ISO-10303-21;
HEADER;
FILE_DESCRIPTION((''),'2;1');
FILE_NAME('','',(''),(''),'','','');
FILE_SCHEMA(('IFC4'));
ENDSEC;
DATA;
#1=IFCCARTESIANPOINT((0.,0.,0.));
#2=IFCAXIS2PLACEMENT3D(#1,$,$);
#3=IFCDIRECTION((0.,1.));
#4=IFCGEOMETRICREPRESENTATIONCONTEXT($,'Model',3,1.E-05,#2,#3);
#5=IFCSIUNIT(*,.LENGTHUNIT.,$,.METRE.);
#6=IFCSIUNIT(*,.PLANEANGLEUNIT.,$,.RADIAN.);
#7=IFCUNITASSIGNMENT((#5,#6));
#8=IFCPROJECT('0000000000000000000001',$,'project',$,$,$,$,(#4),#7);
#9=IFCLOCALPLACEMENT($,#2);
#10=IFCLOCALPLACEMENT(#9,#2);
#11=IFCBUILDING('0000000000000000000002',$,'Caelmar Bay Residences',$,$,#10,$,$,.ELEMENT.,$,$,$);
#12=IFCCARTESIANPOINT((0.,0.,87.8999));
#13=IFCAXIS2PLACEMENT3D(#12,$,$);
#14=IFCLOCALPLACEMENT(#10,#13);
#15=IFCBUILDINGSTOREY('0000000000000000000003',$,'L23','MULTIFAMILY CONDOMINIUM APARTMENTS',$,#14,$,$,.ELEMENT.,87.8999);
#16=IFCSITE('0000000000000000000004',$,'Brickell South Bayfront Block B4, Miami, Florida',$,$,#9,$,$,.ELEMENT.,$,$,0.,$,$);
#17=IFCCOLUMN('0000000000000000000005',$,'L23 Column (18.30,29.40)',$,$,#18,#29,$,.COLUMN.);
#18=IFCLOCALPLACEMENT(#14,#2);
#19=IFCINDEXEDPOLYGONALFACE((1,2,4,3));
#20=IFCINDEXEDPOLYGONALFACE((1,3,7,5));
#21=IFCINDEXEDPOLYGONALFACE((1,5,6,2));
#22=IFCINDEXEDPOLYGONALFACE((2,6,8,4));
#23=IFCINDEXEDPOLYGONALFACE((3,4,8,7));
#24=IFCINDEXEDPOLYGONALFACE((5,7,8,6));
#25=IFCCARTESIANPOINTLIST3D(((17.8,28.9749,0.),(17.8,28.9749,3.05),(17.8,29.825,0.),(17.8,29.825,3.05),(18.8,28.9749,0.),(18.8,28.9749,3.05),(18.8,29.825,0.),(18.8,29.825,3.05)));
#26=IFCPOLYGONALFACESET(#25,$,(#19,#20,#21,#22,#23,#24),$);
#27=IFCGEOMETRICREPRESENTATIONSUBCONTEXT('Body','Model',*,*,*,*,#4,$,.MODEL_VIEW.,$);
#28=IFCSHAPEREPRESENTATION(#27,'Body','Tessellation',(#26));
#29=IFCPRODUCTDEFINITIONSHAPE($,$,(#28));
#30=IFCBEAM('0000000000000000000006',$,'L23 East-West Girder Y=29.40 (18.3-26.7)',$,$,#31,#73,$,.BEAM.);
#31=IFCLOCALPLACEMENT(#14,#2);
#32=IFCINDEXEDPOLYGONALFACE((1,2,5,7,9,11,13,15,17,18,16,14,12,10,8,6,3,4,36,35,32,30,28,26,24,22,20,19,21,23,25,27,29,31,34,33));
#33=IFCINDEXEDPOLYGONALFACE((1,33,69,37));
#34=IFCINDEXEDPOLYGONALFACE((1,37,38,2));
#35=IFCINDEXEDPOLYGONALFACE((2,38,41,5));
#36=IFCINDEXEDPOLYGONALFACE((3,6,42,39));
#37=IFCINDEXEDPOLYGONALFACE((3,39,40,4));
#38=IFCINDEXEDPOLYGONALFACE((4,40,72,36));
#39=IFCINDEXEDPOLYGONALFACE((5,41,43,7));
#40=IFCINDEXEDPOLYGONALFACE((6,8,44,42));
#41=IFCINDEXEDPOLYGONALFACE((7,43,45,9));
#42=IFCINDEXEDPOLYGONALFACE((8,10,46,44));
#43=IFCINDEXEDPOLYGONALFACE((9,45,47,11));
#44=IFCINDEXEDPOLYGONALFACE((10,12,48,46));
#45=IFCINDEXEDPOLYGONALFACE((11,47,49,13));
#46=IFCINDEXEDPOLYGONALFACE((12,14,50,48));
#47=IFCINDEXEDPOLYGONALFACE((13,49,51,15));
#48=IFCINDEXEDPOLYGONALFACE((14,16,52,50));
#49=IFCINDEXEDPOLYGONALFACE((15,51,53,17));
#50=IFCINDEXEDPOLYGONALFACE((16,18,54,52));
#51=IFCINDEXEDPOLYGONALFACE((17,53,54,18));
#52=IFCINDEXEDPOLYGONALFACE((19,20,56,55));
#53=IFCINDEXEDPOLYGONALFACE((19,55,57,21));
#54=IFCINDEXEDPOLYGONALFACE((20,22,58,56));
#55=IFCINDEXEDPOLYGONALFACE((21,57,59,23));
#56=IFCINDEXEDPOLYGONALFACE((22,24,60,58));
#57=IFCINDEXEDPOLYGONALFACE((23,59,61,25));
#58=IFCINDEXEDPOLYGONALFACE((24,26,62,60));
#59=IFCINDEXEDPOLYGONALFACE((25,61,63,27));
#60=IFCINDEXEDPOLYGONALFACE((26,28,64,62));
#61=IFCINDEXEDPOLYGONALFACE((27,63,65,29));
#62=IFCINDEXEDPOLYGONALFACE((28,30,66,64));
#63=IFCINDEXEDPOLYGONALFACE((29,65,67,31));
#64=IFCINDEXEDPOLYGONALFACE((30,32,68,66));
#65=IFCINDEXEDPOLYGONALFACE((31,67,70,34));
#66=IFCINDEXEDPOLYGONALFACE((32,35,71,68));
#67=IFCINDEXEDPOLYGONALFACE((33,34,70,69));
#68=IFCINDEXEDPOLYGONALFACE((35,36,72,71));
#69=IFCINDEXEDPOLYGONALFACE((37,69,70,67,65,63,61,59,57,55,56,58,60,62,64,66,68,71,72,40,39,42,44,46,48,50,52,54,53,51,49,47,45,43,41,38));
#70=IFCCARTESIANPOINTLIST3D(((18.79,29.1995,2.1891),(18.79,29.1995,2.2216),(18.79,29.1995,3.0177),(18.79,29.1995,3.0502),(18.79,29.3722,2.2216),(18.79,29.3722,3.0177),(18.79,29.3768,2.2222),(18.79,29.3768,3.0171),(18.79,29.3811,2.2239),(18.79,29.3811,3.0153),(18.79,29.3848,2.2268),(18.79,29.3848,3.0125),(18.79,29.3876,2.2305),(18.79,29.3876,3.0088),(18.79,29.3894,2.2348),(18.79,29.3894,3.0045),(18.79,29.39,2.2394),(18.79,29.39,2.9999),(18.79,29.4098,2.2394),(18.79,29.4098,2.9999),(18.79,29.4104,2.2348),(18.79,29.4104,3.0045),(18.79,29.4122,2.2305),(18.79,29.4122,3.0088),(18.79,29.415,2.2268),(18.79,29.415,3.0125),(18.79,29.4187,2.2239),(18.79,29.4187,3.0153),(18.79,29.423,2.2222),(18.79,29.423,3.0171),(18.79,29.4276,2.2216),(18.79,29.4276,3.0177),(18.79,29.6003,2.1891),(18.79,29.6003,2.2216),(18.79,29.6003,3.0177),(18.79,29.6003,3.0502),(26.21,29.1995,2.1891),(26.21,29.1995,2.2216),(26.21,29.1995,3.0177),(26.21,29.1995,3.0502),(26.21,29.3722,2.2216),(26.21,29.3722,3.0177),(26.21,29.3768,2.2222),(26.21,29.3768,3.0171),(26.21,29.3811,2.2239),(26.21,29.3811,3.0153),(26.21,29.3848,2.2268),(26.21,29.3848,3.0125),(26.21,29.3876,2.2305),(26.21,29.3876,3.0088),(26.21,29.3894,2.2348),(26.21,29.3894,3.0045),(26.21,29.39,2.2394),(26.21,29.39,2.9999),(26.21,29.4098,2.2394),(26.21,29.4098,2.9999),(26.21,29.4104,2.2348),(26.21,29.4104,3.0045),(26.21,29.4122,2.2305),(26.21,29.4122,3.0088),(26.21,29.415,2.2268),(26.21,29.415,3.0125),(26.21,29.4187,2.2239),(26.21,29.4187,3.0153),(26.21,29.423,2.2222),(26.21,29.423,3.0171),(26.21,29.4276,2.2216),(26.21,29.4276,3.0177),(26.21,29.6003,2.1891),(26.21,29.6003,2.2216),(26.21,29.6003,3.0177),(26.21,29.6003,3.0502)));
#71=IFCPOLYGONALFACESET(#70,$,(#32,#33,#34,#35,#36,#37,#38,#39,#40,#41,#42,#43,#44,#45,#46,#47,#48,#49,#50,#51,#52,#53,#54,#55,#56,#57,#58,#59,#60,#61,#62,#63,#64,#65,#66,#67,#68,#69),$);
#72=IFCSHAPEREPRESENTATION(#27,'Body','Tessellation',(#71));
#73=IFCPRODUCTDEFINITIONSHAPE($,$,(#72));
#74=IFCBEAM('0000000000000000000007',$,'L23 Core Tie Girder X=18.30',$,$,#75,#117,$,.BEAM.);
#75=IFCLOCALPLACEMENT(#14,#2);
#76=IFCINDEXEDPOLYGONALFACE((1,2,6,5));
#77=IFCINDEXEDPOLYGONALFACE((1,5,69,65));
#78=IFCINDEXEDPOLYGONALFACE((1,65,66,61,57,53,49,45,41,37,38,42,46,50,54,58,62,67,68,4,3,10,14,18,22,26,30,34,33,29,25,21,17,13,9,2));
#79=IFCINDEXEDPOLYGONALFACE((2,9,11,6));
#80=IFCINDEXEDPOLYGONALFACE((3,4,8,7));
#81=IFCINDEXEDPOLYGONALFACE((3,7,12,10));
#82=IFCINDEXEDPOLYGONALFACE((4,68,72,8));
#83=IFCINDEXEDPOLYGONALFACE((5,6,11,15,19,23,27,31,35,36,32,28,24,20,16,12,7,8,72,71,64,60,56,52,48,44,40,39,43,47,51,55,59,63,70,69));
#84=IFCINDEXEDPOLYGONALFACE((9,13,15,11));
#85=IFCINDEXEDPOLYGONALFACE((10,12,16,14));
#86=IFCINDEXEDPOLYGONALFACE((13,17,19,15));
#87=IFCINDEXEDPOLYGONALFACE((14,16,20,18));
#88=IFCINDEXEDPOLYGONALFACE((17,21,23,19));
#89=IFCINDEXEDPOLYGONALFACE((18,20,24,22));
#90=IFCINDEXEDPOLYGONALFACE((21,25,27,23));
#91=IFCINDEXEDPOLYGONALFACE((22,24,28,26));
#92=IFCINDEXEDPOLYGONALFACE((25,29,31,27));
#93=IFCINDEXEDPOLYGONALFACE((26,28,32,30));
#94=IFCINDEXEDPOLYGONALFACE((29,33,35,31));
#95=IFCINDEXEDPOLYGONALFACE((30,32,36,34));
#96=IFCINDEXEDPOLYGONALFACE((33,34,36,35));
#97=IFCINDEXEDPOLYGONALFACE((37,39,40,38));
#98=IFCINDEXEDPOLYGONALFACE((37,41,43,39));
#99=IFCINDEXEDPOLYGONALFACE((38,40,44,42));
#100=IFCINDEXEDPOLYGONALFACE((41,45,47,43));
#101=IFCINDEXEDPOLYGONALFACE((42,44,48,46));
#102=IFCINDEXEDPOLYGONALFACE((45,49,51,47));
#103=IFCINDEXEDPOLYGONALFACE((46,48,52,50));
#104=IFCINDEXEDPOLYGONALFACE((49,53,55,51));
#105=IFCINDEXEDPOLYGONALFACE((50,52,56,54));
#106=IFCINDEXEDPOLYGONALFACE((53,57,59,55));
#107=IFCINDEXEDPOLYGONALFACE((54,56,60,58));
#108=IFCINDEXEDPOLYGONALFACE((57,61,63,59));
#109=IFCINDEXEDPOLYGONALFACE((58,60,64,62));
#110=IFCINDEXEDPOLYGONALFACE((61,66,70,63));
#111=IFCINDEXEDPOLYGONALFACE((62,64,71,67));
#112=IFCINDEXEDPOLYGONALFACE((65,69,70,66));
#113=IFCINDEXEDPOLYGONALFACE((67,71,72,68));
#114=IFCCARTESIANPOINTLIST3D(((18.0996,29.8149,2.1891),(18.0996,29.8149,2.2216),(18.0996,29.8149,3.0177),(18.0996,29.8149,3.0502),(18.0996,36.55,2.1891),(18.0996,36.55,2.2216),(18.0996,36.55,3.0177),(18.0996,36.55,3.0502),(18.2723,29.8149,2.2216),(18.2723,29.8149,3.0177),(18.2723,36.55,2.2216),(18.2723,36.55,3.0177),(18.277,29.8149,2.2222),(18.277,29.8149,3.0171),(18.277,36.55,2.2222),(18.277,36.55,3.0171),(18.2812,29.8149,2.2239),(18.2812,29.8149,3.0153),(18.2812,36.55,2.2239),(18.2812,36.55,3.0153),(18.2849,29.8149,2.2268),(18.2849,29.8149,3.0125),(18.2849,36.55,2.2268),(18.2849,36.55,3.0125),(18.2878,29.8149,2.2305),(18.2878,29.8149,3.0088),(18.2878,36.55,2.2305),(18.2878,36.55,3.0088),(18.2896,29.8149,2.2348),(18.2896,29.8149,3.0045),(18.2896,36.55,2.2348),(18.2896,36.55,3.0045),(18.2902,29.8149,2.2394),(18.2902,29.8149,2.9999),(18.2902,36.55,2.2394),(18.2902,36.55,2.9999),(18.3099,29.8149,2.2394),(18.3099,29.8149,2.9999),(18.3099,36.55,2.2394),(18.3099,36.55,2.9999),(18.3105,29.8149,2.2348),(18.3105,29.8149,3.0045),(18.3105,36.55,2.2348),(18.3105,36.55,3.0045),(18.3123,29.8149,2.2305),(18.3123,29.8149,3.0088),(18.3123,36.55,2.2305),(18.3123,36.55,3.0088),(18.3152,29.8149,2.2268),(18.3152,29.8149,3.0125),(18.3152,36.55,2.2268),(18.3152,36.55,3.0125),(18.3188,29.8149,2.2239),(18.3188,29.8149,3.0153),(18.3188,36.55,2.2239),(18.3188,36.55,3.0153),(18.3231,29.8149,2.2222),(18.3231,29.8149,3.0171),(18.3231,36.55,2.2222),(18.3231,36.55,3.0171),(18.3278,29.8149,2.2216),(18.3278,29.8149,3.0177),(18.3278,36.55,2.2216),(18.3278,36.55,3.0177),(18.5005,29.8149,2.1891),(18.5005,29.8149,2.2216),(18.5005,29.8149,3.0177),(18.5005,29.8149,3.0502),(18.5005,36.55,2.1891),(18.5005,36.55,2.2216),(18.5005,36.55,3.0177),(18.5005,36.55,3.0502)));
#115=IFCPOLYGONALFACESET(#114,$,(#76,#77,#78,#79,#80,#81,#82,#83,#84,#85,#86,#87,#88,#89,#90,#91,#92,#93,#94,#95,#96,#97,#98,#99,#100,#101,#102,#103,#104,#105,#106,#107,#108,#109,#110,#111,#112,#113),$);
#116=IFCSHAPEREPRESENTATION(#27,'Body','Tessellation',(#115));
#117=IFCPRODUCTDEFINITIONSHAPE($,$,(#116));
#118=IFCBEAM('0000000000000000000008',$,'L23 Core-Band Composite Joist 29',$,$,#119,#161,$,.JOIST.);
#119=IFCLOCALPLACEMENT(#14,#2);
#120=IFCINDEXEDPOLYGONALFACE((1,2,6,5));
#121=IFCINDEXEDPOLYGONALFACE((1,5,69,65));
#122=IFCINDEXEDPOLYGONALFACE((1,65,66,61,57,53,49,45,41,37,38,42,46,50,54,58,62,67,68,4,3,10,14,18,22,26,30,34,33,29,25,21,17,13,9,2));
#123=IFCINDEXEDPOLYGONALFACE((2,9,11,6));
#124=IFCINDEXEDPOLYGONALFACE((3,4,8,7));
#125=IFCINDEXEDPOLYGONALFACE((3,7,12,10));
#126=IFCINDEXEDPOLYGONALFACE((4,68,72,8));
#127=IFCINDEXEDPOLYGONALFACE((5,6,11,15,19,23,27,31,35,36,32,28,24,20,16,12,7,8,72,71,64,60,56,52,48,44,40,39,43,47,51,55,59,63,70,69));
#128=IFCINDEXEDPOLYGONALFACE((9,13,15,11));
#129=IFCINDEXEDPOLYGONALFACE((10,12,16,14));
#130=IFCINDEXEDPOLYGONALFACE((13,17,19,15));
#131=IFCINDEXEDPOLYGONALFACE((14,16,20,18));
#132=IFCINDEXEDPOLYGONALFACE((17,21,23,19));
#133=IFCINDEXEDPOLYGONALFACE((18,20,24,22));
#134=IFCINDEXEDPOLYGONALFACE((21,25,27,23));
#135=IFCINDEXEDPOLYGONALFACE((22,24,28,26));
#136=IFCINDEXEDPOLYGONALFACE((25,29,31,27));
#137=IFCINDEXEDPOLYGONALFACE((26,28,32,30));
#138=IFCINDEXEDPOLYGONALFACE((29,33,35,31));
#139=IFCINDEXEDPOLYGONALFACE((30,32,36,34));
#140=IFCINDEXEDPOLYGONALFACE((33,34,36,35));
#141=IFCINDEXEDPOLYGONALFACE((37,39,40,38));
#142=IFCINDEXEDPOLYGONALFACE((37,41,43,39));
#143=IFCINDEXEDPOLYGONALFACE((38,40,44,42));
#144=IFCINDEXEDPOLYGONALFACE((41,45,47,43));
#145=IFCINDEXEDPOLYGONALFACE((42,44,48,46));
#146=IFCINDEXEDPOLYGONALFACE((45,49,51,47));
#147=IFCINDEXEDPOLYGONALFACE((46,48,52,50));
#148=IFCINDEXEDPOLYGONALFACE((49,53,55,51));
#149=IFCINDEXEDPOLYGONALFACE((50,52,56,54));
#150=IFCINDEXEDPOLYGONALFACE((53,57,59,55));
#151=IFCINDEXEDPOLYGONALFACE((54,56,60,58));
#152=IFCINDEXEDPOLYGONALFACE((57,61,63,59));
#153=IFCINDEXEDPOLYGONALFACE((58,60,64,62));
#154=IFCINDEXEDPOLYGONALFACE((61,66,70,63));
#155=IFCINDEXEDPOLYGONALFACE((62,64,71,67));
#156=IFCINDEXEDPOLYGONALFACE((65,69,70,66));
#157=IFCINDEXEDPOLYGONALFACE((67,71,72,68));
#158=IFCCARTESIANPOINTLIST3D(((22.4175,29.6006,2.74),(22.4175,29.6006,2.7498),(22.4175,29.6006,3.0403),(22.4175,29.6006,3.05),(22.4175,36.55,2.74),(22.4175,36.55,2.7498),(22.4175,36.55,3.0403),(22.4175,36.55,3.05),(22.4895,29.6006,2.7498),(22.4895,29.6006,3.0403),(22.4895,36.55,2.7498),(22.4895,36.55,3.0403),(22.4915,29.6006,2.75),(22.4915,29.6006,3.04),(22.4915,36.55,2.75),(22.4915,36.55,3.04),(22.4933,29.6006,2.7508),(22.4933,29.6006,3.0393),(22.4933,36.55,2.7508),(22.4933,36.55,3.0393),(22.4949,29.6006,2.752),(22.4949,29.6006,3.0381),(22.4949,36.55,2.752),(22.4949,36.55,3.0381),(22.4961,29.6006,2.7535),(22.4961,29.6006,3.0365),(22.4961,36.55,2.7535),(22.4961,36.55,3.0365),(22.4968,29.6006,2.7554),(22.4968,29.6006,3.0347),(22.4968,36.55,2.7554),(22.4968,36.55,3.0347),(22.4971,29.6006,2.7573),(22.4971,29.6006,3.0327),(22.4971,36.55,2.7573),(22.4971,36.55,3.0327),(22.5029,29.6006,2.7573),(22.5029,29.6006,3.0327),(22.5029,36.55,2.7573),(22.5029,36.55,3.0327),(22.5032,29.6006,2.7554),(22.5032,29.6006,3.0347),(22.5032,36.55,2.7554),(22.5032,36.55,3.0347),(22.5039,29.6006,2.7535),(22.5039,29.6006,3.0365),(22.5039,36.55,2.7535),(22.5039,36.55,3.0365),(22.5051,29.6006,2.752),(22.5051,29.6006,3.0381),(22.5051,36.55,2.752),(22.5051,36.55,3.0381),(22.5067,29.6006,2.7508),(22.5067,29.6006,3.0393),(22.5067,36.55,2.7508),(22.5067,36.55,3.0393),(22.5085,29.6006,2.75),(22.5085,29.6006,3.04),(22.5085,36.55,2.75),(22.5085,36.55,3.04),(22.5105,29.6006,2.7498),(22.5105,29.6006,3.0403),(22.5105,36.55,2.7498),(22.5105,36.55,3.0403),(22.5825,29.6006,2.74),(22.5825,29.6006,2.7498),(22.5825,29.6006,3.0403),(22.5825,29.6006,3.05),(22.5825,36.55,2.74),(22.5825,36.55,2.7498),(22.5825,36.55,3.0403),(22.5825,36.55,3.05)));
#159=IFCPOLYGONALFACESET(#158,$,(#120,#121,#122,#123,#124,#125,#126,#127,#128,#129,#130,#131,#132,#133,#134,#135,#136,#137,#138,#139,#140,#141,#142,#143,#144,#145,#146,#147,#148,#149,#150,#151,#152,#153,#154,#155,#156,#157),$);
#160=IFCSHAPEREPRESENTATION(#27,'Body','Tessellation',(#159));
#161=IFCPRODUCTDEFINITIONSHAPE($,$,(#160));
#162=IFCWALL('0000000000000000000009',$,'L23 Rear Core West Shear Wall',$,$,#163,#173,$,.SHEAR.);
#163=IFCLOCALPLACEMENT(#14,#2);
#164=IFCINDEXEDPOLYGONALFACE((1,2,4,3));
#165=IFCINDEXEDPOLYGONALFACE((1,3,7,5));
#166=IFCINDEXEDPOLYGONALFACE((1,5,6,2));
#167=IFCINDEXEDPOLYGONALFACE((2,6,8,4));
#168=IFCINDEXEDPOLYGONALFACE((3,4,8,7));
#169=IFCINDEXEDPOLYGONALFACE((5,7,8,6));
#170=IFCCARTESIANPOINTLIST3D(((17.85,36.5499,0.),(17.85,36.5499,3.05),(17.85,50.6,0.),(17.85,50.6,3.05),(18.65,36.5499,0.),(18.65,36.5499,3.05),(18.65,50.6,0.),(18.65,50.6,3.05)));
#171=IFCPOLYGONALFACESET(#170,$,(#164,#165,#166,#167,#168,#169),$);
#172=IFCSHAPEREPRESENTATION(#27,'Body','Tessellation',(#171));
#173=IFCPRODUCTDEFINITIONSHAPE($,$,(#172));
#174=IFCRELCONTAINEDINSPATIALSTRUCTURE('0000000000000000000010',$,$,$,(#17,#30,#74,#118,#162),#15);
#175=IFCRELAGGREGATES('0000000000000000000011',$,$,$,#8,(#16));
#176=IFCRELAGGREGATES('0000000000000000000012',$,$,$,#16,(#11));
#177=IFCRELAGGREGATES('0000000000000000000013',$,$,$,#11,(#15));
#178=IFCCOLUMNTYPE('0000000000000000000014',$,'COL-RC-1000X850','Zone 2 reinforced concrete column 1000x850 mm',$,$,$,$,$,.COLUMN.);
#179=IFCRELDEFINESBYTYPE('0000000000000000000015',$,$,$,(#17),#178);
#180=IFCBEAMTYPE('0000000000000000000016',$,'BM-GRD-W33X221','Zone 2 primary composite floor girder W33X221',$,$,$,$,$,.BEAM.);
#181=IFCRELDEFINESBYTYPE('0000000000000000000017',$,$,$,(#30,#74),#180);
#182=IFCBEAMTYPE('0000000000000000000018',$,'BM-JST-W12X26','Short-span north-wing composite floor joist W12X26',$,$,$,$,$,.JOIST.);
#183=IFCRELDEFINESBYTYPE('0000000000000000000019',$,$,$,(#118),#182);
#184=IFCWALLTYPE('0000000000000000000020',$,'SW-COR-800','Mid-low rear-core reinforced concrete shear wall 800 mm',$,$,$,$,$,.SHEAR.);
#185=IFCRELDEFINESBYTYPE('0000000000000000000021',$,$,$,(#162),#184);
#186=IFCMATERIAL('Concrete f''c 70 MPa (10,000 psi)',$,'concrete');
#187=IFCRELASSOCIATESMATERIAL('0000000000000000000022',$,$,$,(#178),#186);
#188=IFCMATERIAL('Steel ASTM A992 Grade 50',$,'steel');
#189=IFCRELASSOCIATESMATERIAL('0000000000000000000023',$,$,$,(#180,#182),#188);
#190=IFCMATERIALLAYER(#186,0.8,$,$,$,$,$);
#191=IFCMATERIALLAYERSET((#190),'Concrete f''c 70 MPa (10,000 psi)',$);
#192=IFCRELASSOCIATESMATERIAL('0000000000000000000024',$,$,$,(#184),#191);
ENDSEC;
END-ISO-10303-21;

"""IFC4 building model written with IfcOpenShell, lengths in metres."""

from ifc_helpers import new_model, si_unit, direction, frame, frame_2d, origin, origin_2d, place, context, subcontext, project, spatial, rectangle, i_section, extrude, material, layer, layer_set, material_profile, profile_set, type_object, element, save


model = new_model("IFC4")

# Units and contexts
model_context = context("Model", 3, precision=1e-05, world=origin(), true_north=direction((0.0, 1.0)))
body_context = subcontext(model_context, "Body", "Model", "MODEL_VIEW")
ifc_project = project(units=[si_unit("LENGTHUNIT", "METRE"), si_unit("PLANEANGLEUNIT", "RADIAN")], contexts=[model_context])

# Site, building, storey
site_placement = place(None, origin())
site = spatial("IfcSite", under=ifc_project, at=site_placement, Name="Brickell South Bayfront Block B4, Miami, Florida", CompositionType="ELEMENT", RefElevation=0.0)
building_placement = place(site_placement, origin())
building = spatial("IfcBuilding", under=site, at=building_placement, Name="Caelmar Bay Residences", CompositionType="ELEMENT")
storey_placement = place(building_placement, frame((0.0, 0.0, 87.8999)))
storey = spatial("IfcBuildingStorey", under=building, at=storey_placement, Name="L23", Description="MULTIFAMILY CONDOMINIUM APARTMENTS", CompositionType="ELEMENT", Elevation=87.8999)

# Column
ifc_material_1 = material(Name="Concrete f'c 70 MPa (10,000 psi)", Category="concrete")
ifc_material_profile_1 = material_profile(ifc_material_1, rectangle(XDim=1.0, YDim=0.8501, at=origin_2d()), Name="RC-COL-1000X850")
ifc_profile_set_1 = profile_set([ifc_material_profile_1], Name="Concrete f'c 70 MPa (10,000 psi)")
column_type = type_object("IfcColumnType", Name="COL-RC-1000X850", Description="Zone 2 reinforced concrete column 1000x850 mm", PredefinedType="COLUMN", material=ifc_profile_set_1)
column_placement = place(storey_placement, frame((18.3, 29.3999, 0.0), z_axis=(0.0, 0.0, 1.0), x_axis=(1.0, 0.0, 0.0)))
element("IfcColumn", 1, at=column_placement, inside=storey, type_object=column_type, Name="L23 Column (18.30,29.40)", PredefinedType="COLUMN", context=body_context, shape_type="SweptSolid", body=[
    extrude(rectangle(XDim=1.0, YDim=0.8501, at=origin_2d()), origin(), (0.0, 0.0, 1.0), 3.05),
])

# Beams
ifc_material_2 = material(Name="Steel ASTM A992 Grade 50", Category="steel")
ifc_material_profile_2 = material_profile(ifc_material_2, i_section(OverallWidth=0.4009, OverallDepth=0.8611, WebThickness=0.0198, FlangeThickness=0.0325, FilletRadius=0.0178, at=origin_2d()), Name="W33X221")
ifc_profile_set_2 = profile_set([ifc_material_profile_2], Name="Steel ASTM A992 Grade 50")
beam_type_1 = type_object("IfcBeamType", Name="BM-GRD-W33X221", Description="Zone 2 primary composite floor girder W33X221", PredefinedType="BEAM", material=ifc_profile_set_2)
beam_1_placement = place(storey_placement, frame((18.79, 29.3999, 2.6196), z_axis=(1.0, 0.0, 0.0), x_axis=(0.0, 1.0, 0.0)))
element("IfcBeam", 2, at=beam_1_placement, inside=storey, type_object=beam_type_1, Name="L23 East-West Girder Y=29.40 (18.3-26.7)", PredefinedType="BEAM", context=body_context, shape_type="SweptSolid", body=[
    extrude(i_section(OverallWidth=0.4009, OverallDepth=0.8611, WebThickness=0.0198, FlangeThickness=0.0325, FilletRadius=0.0178, at=origin_2d()), origin(), (0.0, 0.0, 1.0), 7.4199),
])
beam_2_placement = place(storey_placement, frame((18.3, 29.8149, 2.6196), z_axis=(0.0, 1.0, 0.0), x_axis=(-1.0, 0.0, 0.0)))
element("IfcBeam", 3, at=beam_2_placement, inside=storey, type_object=beam_type_1, Name="L23 Core Tie Girder X=18.30", PredefinedType="BEAM", context=body_context, shape_type="SweptSolid", body=[
    extrude(i_section(OverallWidth=0.4009, OverallDepth=0.8611, WebThickness=0.0198, FlangeThickness=0.0325, FilletRadius=0.0178, at=origin_2d()), origin(), (0.0, 0.0, 1.0), 6.7351),
])
ifc_material_profile_3 = material_profile(ifc_material_2, i_section(OverallWidth=0.165, OverallDepth=0.3101, WebThickness=0.0059, FlangeThickness=0.0098, FilletRadius=0.0076, at=origin_2d()), Name="W12X26")
ifc_profile_set_3 = profile_set([ifc_material_profile_3], Name="Steel ASTM A992 Grade 50")
beam_type_2 = type_object("IfcBeamType", Name="BM-JST-W12X26", Description="Short-span north-wing composite floor joist W12X26", PredefinedType="JOIST", material=ifc_profile_set_3)
beam_3_placement = place(storey_placement, frame((22.5, 29.6006, 2.895), z_axis=(0.0, 1.0, 0.0), x_axis=(-1.0, 0.0, 0.0)))
element("IfcBeam", 4, at=beam_3_placement, inside=storey, type_object=beam_type_2, Name="L23 Core-Band Composite Joist 29", PredefinedType="JOIST", context=body_context, shape_type="SweptSolid", body=[
    extrude(i_section(OverallWidth=0.165, OverallDepth=0.3101, WebThickness=0.0059, FlangeThickness=0.0098, FilletRadius=0.0076, at=origin_2d()), origin(), (0.0, 0.0, 1.0), 6.9495),
])

# Shared definitions
ifc_layer_1 = layer(ifc_material_1, 0.8)
ifc_layer_set_1 = layer_set([ifc_layer_1], Name="Concrete f'c 70 MPa (10,000 psi)")
wall_type_1 = type_object("IfcWallType", Name="SW-COR-800", Description="Mid-low rear-core reinforced concrete shear wall 800 mm", PredefinedType="SHEAR", material=ifc_layer_set_1)

# Wall
wall_1_placement = place(storey_placement, frame((18.25, 36.55, 0.0), z_axis=(0.0, 0.0, 1.0), x_axis=(0.0, 1.0, 0.0)))
element("IfcWall", 5, at=wall_1_placement, inside=storey, type_object=wall_type_1, Name="L23 Rear Core West Shear Wall", PredefinedType="SHEAR", context=body_context, shape_type="SweptSolid", body=[
    extrude(rectangle(XDim=14.05, YDim=0.8, at=frame_2d((7.0249, 0.0))), origin(), (0.0, 0.0, 1.0), 3.05),
])

save(model, "model.ifc")
